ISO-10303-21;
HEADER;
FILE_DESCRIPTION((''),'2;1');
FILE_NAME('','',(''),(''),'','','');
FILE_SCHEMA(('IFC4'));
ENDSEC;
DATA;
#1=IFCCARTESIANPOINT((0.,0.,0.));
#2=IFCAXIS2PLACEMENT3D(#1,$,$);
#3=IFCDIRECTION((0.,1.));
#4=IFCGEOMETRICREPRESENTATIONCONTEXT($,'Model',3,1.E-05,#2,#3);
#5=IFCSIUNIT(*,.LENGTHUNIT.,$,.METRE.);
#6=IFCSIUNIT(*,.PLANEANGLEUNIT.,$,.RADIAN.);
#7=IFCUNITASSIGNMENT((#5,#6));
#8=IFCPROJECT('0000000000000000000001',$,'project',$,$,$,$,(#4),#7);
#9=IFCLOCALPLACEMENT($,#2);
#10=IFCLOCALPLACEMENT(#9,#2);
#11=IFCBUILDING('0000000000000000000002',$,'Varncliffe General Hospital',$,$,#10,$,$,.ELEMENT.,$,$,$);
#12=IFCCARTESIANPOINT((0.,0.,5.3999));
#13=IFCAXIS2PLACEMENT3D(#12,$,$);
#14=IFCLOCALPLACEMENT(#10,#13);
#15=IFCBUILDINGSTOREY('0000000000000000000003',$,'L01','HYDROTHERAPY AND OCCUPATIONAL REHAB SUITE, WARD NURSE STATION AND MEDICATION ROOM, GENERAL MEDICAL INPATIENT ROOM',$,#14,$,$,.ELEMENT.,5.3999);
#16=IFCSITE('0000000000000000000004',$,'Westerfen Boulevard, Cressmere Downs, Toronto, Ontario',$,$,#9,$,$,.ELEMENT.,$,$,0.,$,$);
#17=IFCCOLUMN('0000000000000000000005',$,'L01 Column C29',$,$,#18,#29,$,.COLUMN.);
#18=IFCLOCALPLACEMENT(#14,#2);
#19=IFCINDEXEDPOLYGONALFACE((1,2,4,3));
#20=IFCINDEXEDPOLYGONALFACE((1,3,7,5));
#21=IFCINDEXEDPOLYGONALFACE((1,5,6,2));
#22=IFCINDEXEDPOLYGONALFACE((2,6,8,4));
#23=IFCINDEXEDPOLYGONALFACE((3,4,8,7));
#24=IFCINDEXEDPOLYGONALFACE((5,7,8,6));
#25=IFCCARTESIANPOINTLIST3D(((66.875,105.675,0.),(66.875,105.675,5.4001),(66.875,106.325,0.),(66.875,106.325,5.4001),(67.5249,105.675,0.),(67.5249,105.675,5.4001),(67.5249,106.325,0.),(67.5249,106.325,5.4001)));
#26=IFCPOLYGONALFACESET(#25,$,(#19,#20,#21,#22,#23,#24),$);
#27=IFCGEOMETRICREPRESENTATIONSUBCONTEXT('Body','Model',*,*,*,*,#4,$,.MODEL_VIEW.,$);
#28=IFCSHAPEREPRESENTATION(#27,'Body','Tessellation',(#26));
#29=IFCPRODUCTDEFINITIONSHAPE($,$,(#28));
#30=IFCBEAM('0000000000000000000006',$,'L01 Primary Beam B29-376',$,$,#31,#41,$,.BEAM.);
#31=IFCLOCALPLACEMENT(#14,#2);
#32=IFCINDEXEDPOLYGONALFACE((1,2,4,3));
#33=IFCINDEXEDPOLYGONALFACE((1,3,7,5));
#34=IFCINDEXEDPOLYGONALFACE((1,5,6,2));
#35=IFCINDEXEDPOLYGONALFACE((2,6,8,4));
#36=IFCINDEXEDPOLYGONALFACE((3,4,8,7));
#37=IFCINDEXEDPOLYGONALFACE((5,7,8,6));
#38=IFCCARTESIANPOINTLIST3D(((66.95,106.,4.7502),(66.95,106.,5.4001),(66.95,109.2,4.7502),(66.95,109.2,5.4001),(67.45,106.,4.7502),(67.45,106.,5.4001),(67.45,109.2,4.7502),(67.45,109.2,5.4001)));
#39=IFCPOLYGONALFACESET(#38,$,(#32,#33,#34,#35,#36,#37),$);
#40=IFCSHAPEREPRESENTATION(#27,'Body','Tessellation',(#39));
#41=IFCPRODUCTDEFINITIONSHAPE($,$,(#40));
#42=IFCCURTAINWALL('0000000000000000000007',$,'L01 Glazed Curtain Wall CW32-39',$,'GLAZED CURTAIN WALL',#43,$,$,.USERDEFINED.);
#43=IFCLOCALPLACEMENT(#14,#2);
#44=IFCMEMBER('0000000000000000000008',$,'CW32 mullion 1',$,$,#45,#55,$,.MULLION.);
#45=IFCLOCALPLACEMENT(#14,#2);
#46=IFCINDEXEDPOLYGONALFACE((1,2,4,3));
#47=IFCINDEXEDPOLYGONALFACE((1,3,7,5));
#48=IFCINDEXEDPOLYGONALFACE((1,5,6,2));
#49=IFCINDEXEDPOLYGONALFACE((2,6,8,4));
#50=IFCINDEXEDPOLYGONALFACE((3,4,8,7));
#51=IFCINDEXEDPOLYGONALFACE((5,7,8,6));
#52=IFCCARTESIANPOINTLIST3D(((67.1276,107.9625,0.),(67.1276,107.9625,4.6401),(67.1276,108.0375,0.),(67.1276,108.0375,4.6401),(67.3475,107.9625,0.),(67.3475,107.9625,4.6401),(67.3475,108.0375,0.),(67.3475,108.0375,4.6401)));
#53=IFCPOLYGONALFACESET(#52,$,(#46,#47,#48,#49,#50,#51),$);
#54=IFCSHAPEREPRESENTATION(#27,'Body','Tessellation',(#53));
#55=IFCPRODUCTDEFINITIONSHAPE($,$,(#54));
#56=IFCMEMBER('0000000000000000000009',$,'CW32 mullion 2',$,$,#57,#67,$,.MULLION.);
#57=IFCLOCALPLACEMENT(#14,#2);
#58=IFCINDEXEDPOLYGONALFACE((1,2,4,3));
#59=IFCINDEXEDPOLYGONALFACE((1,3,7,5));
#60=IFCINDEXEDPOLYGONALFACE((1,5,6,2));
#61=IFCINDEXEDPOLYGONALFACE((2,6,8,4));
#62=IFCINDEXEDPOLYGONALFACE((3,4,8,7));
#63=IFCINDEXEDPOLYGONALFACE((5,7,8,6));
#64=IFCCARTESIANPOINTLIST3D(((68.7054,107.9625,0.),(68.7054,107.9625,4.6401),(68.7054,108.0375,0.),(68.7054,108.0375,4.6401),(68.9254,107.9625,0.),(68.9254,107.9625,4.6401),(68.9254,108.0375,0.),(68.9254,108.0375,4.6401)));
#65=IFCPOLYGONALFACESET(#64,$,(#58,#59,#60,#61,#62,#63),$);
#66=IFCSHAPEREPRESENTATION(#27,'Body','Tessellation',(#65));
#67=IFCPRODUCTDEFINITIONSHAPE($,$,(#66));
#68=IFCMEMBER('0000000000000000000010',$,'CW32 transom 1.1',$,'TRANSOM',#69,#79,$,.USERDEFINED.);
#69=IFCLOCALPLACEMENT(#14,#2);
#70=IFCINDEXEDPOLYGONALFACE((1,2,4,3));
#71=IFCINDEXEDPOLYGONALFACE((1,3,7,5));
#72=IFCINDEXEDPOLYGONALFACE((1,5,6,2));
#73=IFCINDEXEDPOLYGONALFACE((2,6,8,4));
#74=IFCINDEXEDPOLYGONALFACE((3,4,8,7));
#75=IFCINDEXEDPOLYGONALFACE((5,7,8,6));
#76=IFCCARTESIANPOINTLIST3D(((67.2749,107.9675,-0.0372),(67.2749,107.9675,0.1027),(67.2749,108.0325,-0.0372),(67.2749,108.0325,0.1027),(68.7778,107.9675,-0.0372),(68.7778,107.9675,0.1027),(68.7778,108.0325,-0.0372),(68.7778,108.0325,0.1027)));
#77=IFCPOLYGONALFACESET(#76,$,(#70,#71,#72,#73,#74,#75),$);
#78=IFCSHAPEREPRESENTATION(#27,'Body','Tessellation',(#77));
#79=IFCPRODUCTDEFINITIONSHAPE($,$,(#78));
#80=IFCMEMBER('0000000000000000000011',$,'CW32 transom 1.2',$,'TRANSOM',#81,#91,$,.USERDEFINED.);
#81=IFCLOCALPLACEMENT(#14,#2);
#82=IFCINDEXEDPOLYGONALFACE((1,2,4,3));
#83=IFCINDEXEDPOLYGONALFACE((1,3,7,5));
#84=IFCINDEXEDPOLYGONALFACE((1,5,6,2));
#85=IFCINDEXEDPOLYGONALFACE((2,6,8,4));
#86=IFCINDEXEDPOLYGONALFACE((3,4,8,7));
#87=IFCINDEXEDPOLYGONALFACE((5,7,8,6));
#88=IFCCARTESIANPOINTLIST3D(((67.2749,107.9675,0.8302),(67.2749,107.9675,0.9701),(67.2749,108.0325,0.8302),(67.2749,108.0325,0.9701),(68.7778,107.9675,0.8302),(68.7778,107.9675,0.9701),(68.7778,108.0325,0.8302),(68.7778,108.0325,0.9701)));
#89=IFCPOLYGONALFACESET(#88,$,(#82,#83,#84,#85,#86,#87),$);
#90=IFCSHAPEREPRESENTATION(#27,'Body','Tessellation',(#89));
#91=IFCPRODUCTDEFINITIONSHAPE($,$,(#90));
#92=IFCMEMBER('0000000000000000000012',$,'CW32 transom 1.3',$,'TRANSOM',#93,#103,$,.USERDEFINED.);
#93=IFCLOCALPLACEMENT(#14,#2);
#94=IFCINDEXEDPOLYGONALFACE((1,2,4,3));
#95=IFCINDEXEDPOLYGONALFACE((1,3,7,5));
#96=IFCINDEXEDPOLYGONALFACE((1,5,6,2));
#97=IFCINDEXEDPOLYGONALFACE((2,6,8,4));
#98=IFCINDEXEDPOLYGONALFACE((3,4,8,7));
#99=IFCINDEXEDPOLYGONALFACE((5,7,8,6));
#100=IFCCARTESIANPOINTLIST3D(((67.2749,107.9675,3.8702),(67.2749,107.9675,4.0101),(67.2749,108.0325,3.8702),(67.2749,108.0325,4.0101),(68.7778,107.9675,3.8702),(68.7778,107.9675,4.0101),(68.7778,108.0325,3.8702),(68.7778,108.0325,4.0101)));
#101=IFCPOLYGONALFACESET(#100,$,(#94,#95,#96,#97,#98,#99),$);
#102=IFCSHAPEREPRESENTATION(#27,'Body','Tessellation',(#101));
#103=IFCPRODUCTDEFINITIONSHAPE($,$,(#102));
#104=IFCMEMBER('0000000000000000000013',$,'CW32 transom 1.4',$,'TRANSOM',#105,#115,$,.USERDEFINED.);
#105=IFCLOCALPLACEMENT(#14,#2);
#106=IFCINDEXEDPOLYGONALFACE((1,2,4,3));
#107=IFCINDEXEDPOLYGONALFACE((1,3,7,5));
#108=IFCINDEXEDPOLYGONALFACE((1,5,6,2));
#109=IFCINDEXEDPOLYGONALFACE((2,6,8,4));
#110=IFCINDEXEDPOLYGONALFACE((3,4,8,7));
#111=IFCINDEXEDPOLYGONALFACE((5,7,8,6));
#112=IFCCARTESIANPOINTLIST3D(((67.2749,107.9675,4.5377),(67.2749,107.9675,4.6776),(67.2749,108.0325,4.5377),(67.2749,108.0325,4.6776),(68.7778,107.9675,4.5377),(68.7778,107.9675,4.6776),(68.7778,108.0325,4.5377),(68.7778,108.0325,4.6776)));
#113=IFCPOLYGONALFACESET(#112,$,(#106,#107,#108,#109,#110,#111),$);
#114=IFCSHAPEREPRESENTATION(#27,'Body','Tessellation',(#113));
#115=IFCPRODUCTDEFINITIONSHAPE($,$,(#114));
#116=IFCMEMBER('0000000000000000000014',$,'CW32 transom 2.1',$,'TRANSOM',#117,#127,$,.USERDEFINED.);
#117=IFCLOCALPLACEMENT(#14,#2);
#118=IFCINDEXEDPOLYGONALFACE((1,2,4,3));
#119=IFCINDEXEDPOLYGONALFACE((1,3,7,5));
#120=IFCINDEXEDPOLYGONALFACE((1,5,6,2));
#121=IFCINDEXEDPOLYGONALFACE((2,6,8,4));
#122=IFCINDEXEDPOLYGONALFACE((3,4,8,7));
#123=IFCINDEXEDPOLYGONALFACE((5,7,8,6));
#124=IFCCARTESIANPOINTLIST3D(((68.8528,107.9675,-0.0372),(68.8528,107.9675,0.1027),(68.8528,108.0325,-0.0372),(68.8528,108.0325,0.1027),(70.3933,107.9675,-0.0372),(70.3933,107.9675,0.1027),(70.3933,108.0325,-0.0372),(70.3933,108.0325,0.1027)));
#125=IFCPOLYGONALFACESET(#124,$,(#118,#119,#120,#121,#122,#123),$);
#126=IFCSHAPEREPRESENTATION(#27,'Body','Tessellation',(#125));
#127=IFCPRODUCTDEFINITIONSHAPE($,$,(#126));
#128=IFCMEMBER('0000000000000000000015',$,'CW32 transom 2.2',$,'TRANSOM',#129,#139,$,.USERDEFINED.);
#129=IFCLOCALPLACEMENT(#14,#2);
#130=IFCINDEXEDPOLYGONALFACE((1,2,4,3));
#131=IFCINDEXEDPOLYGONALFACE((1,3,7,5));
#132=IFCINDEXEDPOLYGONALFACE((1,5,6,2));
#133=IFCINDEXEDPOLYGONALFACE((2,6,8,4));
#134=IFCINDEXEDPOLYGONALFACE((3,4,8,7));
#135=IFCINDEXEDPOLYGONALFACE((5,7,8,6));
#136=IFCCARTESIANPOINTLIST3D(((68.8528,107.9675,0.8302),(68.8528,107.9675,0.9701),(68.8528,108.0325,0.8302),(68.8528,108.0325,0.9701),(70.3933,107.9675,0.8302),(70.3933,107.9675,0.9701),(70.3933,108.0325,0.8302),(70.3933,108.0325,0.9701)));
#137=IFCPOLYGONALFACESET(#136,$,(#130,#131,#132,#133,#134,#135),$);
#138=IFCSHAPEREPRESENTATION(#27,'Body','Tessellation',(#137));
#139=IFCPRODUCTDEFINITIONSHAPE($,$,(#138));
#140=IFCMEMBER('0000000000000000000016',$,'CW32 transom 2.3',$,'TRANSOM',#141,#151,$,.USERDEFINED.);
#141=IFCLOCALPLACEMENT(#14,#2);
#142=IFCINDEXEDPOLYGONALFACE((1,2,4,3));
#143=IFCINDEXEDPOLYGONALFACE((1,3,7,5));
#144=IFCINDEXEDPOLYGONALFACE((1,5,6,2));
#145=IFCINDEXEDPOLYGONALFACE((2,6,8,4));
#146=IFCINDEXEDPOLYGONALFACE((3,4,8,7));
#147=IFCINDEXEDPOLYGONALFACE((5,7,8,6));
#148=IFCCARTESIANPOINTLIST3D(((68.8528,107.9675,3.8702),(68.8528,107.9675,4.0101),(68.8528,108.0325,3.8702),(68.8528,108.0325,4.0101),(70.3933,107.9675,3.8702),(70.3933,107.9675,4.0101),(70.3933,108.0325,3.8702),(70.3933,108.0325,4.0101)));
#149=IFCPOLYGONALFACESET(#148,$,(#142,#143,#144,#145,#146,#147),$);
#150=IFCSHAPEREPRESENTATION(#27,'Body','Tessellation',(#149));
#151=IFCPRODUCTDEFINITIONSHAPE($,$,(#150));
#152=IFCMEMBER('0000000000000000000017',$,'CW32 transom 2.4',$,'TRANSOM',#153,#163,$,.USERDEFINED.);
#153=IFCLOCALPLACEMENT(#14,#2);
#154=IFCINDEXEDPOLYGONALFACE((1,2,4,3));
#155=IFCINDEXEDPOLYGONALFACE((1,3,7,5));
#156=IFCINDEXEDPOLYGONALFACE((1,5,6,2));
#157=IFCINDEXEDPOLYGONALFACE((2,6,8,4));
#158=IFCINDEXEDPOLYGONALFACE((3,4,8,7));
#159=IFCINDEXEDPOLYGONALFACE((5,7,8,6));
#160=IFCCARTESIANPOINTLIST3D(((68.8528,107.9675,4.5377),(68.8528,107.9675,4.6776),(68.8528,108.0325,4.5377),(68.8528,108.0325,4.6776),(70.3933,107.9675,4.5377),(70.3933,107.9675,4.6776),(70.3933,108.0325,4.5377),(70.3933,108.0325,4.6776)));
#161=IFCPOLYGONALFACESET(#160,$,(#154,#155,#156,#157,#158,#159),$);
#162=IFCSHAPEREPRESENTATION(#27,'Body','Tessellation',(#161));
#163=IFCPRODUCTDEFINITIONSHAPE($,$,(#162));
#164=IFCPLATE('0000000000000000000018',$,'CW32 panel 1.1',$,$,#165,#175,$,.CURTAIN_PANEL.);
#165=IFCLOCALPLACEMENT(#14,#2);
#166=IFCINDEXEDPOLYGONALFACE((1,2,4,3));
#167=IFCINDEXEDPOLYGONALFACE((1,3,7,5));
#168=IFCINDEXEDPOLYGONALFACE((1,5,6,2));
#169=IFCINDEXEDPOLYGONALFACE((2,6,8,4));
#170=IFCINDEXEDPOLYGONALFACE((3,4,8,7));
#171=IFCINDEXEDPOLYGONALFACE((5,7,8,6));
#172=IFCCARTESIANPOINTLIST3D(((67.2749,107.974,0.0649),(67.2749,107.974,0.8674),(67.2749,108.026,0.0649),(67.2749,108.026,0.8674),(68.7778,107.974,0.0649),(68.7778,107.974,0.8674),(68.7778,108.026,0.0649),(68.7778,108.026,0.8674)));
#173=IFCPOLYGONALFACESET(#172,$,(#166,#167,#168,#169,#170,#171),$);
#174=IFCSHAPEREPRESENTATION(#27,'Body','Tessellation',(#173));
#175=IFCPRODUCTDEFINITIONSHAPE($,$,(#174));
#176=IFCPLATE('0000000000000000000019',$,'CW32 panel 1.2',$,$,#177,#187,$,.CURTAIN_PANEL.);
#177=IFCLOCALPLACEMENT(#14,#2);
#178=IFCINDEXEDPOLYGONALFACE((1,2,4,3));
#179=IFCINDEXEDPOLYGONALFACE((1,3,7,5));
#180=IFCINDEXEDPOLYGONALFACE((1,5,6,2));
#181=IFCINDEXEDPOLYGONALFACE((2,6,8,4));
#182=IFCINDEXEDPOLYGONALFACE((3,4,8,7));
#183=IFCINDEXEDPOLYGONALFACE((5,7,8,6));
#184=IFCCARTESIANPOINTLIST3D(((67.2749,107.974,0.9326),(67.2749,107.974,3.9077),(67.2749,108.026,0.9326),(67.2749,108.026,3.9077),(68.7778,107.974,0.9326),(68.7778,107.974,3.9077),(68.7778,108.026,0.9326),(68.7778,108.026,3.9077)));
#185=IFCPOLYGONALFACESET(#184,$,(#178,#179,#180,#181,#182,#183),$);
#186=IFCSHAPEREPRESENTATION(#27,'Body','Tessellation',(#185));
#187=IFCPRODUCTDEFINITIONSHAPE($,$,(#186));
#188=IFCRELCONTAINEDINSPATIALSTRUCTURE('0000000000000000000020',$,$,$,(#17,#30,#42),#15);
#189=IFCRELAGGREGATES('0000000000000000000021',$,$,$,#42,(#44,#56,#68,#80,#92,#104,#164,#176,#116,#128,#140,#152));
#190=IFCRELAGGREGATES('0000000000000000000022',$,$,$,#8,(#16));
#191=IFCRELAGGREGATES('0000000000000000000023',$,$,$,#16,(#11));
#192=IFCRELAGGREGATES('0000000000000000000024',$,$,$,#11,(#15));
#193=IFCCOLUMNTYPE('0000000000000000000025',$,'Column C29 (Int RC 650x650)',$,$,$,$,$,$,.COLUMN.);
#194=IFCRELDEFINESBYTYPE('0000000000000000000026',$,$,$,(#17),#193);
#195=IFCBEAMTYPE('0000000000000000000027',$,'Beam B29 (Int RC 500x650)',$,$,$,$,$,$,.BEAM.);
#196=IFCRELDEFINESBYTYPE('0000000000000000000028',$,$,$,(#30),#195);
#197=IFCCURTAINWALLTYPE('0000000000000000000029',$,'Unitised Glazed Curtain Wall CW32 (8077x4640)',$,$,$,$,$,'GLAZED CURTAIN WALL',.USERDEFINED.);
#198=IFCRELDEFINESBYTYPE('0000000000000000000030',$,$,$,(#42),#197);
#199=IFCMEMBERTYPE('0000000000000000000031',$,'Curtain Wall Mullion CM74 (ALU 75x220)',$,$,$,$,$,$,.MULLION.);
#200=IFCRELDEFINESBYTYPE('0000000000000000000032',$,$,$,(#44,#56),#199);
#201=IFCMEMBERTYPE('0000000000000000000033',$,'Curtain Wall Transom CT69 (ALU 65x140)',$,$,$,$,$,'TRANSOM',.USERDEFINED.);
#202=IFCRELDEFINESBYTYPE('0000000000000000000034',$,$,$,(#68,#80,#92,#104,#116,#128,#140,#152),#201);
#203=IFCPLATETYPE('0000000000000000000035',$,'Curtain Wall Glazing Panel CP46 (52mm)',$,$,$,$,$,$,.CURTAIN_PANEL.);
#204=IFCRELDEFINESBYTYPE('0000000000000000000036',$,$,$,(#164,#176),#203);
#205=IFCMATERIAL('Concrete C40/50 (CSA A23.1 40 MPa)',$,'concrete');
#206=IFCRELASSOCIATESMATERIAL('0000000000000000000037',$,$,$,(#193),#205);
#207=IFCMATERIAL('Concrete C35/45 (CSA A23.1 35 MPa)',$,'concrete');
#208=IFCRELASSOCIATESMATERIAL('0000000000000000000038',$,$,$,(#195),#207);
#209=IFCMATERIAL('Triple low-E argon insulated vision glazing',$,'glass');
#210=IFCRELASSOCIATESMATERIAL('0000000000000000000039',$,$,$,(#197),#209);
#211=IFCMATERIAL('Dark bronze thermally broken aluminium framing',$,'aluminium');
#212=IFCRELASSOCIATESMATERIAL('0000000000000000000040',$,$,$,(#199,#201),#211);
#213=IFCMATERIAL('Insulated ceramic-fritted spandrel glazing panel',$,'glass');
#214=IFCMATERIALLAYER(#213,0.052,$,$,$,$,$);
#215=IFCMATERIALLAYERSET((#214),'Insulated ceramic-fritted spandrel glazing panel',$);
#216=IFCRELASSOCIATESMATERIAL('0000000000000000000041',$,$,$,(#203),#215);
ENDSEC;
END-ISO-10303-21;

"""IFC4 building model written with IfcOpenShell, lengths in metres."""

from ifc_helpers import new_model, si_unit, direction, frame, origin, origin_2d, place, context, subcontext, project, spatial, rectangle, extrude, material, layer, layer_set, material_profile, profile_set, type_object, element, aggregate, save


model = new_model("IFC4")

# Units and contexts
model_context = context("Model", 3, precision=1e-05, world=origin(), true_north=direction((0.0, 1.0)))
body_context = subcontext(model_context, "Body", "Model", "MODEL_VIEW")
ifc_project = project(units=[si_unit("LENGTHUNIT", "METRE"), si_unit("PLANEANGLEUNIT", "RADIAN")], contexts=[model_context])

# Site, building, storey
site_placement = place(None, origin())
site = spatial("IfcSite", under=ifc_project, at=site_placement, Name="Westerfen Boulevard, Cressmere Downs, Toronto, Ontario", CompositionType="ELEMENT", RefElevation=0.0)
building_placement = place(site_placement, origin())
building = spatial("IfcBuilding", under=site, at=building_placement, Name="Varncliffe General Hospital", CompositionType="ELEMENT")
storey_placement = place(building_placement, frame((0.0, 0.0, 5.3999)))
storey = spatial("IfcBuildingStorey", under=building, at=storey_placement, Name="L01", Description="HYDROTHERAPY AND OCCUPATIONAL REHAB SUITE, WARD NURSE STATION AND MEDICATION ROOM, GENERAL MEDICAL INPATIENT ROOM", CompositionType="ELEMENT", Elevation=5.3999)

# Column
ifc_material_1 = material(Name="Concrete C40/50 (CSA A23.1 40 MPa)", Category="concrete")
ifc_material_profile_1 = material_profile(ifc_material_1, rectangle(XDim=0.6499, YDim=0.6499, at=origin_2d()), Name="RC 650x650")
ifc_profile_set_1 = profile_set([ifc_material_profile_1], Name="Concrete C40/50 (CSA A23.1 40 MPa)")
column_type = type_object("IfcColumnType", Name="Column C29 (Int RC 650x650)", PredefinedType="COLUMN", material=ifc_profile_set_1)
column_placement = place(storey_placement, frame((67.2, 106.0, 0.0), z_axis=(0.0, 0.0, 1.0), x_axis=(1.0, 0.0, 0.0)))
element("IfcColumn", 1, at=column_placement, inside=storey, type_object=column_type, Name="L01 Column C29", PredefinedType="COLUMN", context=body_context, shape_type="SweptSolid", body=[
    extrude(rectangle(XDim=0.6499, YDim=0.6499, at=origin_2d()), origin(), (0.0, 0.0, 1.0), 5.4001),
])

# Beam
ifc_material_2 = material(Name="Concrete C35/45 (CSA A23.1 35 MPa)", Category="concrete")
ifc_material_profile_2 = material_profile(ifc_material_2, rectangle(XDim=0.5, YDim=0.6499, at=origin_2d()), Name="RC 500x650")
ifc_profile_set_2 = profile_set([ifc_material_profile_2], Name="Concrete C35/45 (CSA A23.1 35 MPa)")
beam_type = type_object("IfcBeamType", Name="Beam B29 (Int RC 500x650)", PredefinedType="BEAM", material=ifc_profile_set_2)
beam_placement = place(storey_placement, frame((67.2, 106.0, 5.0752), z_axis=(0.0, 1.0, 0.0), x_axis=(-1.0, 0.0, 0.0)))
element("IfcBeam", 2, at=beam_placement, inside=storey, type_object=beam_type, Name="L01 Primary Beam B29-376", PredefinedType="BEAM", context=body_context, shape_type="SweptSolid", body=[
    extrude(rectangle(XDim=0.5, YDim=0.6499, at=origin_2d()), origin(), (0.0, 0.0, 1.0), 3.2),
])

# Curtain wall, members, plates
ifc_material_3 = material(Name="Triple low-E argon insulated vision glazing", Category="glass")
curtain_wall_type = type_object("IfcCurtainWallType", Name="Unitised Glazed Curtain Wall CW32 (8077x4640)", ElementType="GLAZED CURTAIN WALL", PredefinedType="USERDEFINED", material=ifc_material_3)
curtain_wall_placement = place(storey_placement, origin())
curtain_wall = element("IfcCurtainWall", 3, at=curtain_wall_placement, inside=storey, type_object=curtain_wall_type, Name="L01 Glazed Curtain Wall CW32-39", ObjectType="GLAZED CURTAIN WALL", PredefinedType="USERDEFINED")
ifc_material_4 = material(Name="Dark bronze thermally broken aluminium framing", Category="aluminium")
ifc_material_profile_3 = material_profile(ifc_material_4, rectangle(XDim=0.075, YDim=0.22, at=origin_2d()), Name="ALU 75x220")
ifc_profile_set_3 = profile_set([ifc_material_profile_3], Name="Dark bronze thermally broken aluminium framing")
member_type_1 = type_object("IfcMemberType", Name="Curtain Wall Mullion CM74 (ALU 75x220)", PredefinedType="MULLION", material=ifc_profile_set_3)
member_1_placement = place(storey_placement, frame((67.2375, 108.0, 0.0), z_axis=(0.0, 0.0, 1.0), x_axis=(0.0, 1.0, 0.0)))
member_1 = element("IfcMember", 4, at=member_1_placement, type_object=member_type_1, Name="CW32 mullion 1", PredefinedType="MULLION", context=body_context, shape_type="SweptSolid", body=[
    extrude(rectangle(XDim=0.075, YDim=0.22, at=origin_2d()), origin(), (0.0, 0.0, 1.0), 4.6401),
])
member_2_placement = place(storey_placement, frame((68.8154, 108.0, 0.0), z_axis=(0.0, 0.0, 1.0), x_axis=(0.0, 1.0, 0.0)))
member_2 = element("IfcMember", 5, at=member_2_placement, type_object=member_type_1, Name="CW32 mullion 2", PredefinedType="MULLION", context=body_context, shape_type="SweptSolid", body=[
    extrude(rectangle(XDim=0.075, YDim=0.22, at=origin_2d()), origin(), (0.0, 0.0, 1.0), 4.6401),
])
ifc_material_profile_4 = material_profile(ifc_material_4, rectangle(XDim=0.0649, YDim=0.1399, at=origin_2d()), Name="ALU 65x140")
ifc_profile_set_4 = profile_set([ifc_material_profile_4], Name="Dark bronze thermally broken aluminium framing")
member_type_2 = type_object("IfcMemberType", Name="Curtain Wall Transom CT69 (ALU 65x140)", ElementType="TRANSOM", PredefinedType="USERDEFINED", material=ifc_profile_set_4)
member_3_placement = place(storey_placement, frame((67.2749, 108.0, 0.0327), z_axis=(1.0, 0.0, 0.0), x_axis=(0.0, 1.0, 0.0)))
member_3 = element("IfcMember", 6, at=member_3_placement, type_object=member_type_2, Name="CW32 transom 1.1", ObjectType="TRANSOM", PredefinedType="USERDEFINED", context=body_context, shape_type="SweptSolid", body=[
    extrude(rectangle(XDim=0.0649, YDim=0.1399, at=origin_2d()), origin(), (0.0, 0.0, 1.0), 1.5029),
])
member_4_placement = place(storey_placement, frame((67.2749, 108.0, 0.9001), z_axis=(1.0, 0.0, 0.0), x_axis=(0.0, 1.0, 0.0)))
member_4 = element("IfcMember", 7, at=member_4_placement, type_object=member_type_2, Name="CW32 transom 1.2", ObjectType="TRANSOM", PredefinedType="USERDEFINED", context=body_context, shape_type="SweptSolid", body=[
    extrude(rectangle(XDim=0.0649, YDim=0.1399, at=origin_2d()), origin(), (0.0, 0.0, 1.0), 1.5029),
])
member_5_placement = place(storey_placement, frame((67.2749, 108.0, 3.9402), z_axis=(1.0, 0.0, 0.0), x_axis=(0.0, 1.0, 0.0)))
member_5 = element("IfcMember", 8, at=member_5_placement, type_object=member_type_2, Name="CW32 transom 1.3", ObjectType="TRANSOM", PredefinedType="USERDEFINED", context=body_context, shape_type="SweptSolid", body=[
    extrude(rectangle(XDim=0.0649, YDim=0.1399, at=origin_2d()), origin(), (0.0, 0.0, 1.0), 1.5029),
])
member_6_placement = place(storey_placement, frame((67.2749, 108.0, 4.6077), z_axis=(1.0, 0.0, 0.0), x_axis=(0.0, 1.0, 0.0)))
member_6 = element("IfcMember", 9, at=member_6_placement, type_object=member_type_2, Name="CW32 transom 1.4", ObjectType="TRANSOM", PredefinedType="USERDEFINED", context=body_context, shape_type="SweptSolid", body=[
    extrude(rectangle(XDim=0.0649, YDim=0.1399, at=origin_2d()), origin(), (0.0, 0.0, 1.0), 1.5029),
])
member_7_placement = place(storey_placement, frame((68.8528, 108.0, 0.0327), z_axis=(1.0, 0.0, 0.0), x_axis=(0.0, 1.0, 0.0)))
member_7 = element("IfcMember", 10, at=member_7_placement, type_object=member_type_2, Name="CW32 transom 2.1", ObjectType="TRANSOM", PredefinedType="USERDEFINED", context=body_context, shape_type="SweptSolid", body=[
    extrude(rectangle(XDim=0.0649, YDim=0.1399, at=origin_2d()), origin(), (0.0, 0.0, 1.0), 1.5405),
])
member_8_placement = place(storey_placement, frame((68.8528, 108.0, 0.9001), z_axis=(1.0, 0.0, 0.0), x_axis=(0.0, 1.0, 0.0)))
member_8 = element("IfcMember", 11, at=member_8_placement, type_object=member_type_2, Name="CW32 transom 2.2", ObjectType="TRANSOM", PredefinedType="USERDEFINED", context=body_context, shape_type="SweptSolid", body=[
    extrude(rectangle(XDim=0.0649, YDim=0.1399, at=origin_2d()), origin(), (0.0, 0.0, 1.0), 1.5405),
])
member_9_placement = place(storey_placement, frame((68.8528, 108.0, 3.9402), z_axis=(1.0, 0.0, 0.0), x_axis=(0.0, 1.0, 0.0)))
member_9 = element("IfcMember", 12, at=member_9_placement, type_object=member_type_2, Name="CW32 transom 2.3", ObjectType="TRANSOM", PredefinedType="USERDEFINED", context=body_context, shape_type="SweptSolid", body=[
    extrude(rectangle(XDim=0.0649, YDim=0.1399, at=origin_2d()), origin(), (0.0, 0.0, 1.0), 1.5405),
])
member_10_placement = place(storey_placement, frame((68.8528, 108.0, 4.6077), z_axis=(1.0, 0.0, 0.0), x_axis=(0.0, 1.0, 0.0)))
member_10 = element("IfcMember", 13, at=member_10_placement, type_object=member_type_2, Name="CW32 transom 2.4", ObjectType="TRANSOM", PredefinedType="USERDEFINED", context=body_context, shape_type="SweptSolid", body=[
    extrude(rectangle(XDim=0.0649, YDim=0.1399, at=origin_2d()), origin(), (0.0, 0.0, 1.0), 1.5405),
])
ifc_material_5 = material(Name="Insulated ceramic-fritted spandrel glazing panel", Category="glass")
ifc_layer_1 = layer(ifc_material_5, 0.052)
ifc_layer_set_1 = layer_set([ifc_layer_1], Name="Insulated ceramic-fritted spandrel glazing panel")
plate_type = type_object("IfcPlateType", Name="Curtain Wall Glazing Panel CP46 (52mm)", PredefinedType="CURTAIN_PANEL", material=ifc_layer_set_1)
plate_1_placement = place(storey_placement, frame((68.0264, 108.0, 0.0649), z_axis=(0.0, 0.0, 1.0), x_axis=(1.0, 0.0, 0.0)))
plate_1 = element("IfcPlate", 14, at=plate_1_placement, type_object=plate_type, Name="CW32 panel 1.1", PredefinedType="CURTAIN_PANEL", context=body_context, shape_type="SweptSolid", body=[
    extrude(rectangle(XDim=1.5029, YDim=0.052, at=origin_2d()), origin(), (0.0, 0.0, 1.0), 0.8025),
])
plate_2_placement = place(storey_placement, frame((68.0264, 108.0, 0.9326), z_axis=(0.0, 0.0, 1.0), x_axis=(1.0, 0.0, 0.0)))
plate_2 = element("IfcPlate", 15, at=plate_2_placement, type_object=plate_type, Name="CW32 panel 1.2", PredefinedType="CURTAIN_PANEL", context=body_context, shape_type="SweptSolid", body=[
    extrude(rectangle(XDim=1.5029, YDim=0.052, at=origin_2d()), origin(), (0.0, 0.0, 1.0), 2.9751),
])
aggregate(curtain_wall, [member_1, member_2, member_3, member_4, member_5, member_6, plate_1, plate_2, member_7, member_8, member_9, member_10])

save(model, "model.ifc")
